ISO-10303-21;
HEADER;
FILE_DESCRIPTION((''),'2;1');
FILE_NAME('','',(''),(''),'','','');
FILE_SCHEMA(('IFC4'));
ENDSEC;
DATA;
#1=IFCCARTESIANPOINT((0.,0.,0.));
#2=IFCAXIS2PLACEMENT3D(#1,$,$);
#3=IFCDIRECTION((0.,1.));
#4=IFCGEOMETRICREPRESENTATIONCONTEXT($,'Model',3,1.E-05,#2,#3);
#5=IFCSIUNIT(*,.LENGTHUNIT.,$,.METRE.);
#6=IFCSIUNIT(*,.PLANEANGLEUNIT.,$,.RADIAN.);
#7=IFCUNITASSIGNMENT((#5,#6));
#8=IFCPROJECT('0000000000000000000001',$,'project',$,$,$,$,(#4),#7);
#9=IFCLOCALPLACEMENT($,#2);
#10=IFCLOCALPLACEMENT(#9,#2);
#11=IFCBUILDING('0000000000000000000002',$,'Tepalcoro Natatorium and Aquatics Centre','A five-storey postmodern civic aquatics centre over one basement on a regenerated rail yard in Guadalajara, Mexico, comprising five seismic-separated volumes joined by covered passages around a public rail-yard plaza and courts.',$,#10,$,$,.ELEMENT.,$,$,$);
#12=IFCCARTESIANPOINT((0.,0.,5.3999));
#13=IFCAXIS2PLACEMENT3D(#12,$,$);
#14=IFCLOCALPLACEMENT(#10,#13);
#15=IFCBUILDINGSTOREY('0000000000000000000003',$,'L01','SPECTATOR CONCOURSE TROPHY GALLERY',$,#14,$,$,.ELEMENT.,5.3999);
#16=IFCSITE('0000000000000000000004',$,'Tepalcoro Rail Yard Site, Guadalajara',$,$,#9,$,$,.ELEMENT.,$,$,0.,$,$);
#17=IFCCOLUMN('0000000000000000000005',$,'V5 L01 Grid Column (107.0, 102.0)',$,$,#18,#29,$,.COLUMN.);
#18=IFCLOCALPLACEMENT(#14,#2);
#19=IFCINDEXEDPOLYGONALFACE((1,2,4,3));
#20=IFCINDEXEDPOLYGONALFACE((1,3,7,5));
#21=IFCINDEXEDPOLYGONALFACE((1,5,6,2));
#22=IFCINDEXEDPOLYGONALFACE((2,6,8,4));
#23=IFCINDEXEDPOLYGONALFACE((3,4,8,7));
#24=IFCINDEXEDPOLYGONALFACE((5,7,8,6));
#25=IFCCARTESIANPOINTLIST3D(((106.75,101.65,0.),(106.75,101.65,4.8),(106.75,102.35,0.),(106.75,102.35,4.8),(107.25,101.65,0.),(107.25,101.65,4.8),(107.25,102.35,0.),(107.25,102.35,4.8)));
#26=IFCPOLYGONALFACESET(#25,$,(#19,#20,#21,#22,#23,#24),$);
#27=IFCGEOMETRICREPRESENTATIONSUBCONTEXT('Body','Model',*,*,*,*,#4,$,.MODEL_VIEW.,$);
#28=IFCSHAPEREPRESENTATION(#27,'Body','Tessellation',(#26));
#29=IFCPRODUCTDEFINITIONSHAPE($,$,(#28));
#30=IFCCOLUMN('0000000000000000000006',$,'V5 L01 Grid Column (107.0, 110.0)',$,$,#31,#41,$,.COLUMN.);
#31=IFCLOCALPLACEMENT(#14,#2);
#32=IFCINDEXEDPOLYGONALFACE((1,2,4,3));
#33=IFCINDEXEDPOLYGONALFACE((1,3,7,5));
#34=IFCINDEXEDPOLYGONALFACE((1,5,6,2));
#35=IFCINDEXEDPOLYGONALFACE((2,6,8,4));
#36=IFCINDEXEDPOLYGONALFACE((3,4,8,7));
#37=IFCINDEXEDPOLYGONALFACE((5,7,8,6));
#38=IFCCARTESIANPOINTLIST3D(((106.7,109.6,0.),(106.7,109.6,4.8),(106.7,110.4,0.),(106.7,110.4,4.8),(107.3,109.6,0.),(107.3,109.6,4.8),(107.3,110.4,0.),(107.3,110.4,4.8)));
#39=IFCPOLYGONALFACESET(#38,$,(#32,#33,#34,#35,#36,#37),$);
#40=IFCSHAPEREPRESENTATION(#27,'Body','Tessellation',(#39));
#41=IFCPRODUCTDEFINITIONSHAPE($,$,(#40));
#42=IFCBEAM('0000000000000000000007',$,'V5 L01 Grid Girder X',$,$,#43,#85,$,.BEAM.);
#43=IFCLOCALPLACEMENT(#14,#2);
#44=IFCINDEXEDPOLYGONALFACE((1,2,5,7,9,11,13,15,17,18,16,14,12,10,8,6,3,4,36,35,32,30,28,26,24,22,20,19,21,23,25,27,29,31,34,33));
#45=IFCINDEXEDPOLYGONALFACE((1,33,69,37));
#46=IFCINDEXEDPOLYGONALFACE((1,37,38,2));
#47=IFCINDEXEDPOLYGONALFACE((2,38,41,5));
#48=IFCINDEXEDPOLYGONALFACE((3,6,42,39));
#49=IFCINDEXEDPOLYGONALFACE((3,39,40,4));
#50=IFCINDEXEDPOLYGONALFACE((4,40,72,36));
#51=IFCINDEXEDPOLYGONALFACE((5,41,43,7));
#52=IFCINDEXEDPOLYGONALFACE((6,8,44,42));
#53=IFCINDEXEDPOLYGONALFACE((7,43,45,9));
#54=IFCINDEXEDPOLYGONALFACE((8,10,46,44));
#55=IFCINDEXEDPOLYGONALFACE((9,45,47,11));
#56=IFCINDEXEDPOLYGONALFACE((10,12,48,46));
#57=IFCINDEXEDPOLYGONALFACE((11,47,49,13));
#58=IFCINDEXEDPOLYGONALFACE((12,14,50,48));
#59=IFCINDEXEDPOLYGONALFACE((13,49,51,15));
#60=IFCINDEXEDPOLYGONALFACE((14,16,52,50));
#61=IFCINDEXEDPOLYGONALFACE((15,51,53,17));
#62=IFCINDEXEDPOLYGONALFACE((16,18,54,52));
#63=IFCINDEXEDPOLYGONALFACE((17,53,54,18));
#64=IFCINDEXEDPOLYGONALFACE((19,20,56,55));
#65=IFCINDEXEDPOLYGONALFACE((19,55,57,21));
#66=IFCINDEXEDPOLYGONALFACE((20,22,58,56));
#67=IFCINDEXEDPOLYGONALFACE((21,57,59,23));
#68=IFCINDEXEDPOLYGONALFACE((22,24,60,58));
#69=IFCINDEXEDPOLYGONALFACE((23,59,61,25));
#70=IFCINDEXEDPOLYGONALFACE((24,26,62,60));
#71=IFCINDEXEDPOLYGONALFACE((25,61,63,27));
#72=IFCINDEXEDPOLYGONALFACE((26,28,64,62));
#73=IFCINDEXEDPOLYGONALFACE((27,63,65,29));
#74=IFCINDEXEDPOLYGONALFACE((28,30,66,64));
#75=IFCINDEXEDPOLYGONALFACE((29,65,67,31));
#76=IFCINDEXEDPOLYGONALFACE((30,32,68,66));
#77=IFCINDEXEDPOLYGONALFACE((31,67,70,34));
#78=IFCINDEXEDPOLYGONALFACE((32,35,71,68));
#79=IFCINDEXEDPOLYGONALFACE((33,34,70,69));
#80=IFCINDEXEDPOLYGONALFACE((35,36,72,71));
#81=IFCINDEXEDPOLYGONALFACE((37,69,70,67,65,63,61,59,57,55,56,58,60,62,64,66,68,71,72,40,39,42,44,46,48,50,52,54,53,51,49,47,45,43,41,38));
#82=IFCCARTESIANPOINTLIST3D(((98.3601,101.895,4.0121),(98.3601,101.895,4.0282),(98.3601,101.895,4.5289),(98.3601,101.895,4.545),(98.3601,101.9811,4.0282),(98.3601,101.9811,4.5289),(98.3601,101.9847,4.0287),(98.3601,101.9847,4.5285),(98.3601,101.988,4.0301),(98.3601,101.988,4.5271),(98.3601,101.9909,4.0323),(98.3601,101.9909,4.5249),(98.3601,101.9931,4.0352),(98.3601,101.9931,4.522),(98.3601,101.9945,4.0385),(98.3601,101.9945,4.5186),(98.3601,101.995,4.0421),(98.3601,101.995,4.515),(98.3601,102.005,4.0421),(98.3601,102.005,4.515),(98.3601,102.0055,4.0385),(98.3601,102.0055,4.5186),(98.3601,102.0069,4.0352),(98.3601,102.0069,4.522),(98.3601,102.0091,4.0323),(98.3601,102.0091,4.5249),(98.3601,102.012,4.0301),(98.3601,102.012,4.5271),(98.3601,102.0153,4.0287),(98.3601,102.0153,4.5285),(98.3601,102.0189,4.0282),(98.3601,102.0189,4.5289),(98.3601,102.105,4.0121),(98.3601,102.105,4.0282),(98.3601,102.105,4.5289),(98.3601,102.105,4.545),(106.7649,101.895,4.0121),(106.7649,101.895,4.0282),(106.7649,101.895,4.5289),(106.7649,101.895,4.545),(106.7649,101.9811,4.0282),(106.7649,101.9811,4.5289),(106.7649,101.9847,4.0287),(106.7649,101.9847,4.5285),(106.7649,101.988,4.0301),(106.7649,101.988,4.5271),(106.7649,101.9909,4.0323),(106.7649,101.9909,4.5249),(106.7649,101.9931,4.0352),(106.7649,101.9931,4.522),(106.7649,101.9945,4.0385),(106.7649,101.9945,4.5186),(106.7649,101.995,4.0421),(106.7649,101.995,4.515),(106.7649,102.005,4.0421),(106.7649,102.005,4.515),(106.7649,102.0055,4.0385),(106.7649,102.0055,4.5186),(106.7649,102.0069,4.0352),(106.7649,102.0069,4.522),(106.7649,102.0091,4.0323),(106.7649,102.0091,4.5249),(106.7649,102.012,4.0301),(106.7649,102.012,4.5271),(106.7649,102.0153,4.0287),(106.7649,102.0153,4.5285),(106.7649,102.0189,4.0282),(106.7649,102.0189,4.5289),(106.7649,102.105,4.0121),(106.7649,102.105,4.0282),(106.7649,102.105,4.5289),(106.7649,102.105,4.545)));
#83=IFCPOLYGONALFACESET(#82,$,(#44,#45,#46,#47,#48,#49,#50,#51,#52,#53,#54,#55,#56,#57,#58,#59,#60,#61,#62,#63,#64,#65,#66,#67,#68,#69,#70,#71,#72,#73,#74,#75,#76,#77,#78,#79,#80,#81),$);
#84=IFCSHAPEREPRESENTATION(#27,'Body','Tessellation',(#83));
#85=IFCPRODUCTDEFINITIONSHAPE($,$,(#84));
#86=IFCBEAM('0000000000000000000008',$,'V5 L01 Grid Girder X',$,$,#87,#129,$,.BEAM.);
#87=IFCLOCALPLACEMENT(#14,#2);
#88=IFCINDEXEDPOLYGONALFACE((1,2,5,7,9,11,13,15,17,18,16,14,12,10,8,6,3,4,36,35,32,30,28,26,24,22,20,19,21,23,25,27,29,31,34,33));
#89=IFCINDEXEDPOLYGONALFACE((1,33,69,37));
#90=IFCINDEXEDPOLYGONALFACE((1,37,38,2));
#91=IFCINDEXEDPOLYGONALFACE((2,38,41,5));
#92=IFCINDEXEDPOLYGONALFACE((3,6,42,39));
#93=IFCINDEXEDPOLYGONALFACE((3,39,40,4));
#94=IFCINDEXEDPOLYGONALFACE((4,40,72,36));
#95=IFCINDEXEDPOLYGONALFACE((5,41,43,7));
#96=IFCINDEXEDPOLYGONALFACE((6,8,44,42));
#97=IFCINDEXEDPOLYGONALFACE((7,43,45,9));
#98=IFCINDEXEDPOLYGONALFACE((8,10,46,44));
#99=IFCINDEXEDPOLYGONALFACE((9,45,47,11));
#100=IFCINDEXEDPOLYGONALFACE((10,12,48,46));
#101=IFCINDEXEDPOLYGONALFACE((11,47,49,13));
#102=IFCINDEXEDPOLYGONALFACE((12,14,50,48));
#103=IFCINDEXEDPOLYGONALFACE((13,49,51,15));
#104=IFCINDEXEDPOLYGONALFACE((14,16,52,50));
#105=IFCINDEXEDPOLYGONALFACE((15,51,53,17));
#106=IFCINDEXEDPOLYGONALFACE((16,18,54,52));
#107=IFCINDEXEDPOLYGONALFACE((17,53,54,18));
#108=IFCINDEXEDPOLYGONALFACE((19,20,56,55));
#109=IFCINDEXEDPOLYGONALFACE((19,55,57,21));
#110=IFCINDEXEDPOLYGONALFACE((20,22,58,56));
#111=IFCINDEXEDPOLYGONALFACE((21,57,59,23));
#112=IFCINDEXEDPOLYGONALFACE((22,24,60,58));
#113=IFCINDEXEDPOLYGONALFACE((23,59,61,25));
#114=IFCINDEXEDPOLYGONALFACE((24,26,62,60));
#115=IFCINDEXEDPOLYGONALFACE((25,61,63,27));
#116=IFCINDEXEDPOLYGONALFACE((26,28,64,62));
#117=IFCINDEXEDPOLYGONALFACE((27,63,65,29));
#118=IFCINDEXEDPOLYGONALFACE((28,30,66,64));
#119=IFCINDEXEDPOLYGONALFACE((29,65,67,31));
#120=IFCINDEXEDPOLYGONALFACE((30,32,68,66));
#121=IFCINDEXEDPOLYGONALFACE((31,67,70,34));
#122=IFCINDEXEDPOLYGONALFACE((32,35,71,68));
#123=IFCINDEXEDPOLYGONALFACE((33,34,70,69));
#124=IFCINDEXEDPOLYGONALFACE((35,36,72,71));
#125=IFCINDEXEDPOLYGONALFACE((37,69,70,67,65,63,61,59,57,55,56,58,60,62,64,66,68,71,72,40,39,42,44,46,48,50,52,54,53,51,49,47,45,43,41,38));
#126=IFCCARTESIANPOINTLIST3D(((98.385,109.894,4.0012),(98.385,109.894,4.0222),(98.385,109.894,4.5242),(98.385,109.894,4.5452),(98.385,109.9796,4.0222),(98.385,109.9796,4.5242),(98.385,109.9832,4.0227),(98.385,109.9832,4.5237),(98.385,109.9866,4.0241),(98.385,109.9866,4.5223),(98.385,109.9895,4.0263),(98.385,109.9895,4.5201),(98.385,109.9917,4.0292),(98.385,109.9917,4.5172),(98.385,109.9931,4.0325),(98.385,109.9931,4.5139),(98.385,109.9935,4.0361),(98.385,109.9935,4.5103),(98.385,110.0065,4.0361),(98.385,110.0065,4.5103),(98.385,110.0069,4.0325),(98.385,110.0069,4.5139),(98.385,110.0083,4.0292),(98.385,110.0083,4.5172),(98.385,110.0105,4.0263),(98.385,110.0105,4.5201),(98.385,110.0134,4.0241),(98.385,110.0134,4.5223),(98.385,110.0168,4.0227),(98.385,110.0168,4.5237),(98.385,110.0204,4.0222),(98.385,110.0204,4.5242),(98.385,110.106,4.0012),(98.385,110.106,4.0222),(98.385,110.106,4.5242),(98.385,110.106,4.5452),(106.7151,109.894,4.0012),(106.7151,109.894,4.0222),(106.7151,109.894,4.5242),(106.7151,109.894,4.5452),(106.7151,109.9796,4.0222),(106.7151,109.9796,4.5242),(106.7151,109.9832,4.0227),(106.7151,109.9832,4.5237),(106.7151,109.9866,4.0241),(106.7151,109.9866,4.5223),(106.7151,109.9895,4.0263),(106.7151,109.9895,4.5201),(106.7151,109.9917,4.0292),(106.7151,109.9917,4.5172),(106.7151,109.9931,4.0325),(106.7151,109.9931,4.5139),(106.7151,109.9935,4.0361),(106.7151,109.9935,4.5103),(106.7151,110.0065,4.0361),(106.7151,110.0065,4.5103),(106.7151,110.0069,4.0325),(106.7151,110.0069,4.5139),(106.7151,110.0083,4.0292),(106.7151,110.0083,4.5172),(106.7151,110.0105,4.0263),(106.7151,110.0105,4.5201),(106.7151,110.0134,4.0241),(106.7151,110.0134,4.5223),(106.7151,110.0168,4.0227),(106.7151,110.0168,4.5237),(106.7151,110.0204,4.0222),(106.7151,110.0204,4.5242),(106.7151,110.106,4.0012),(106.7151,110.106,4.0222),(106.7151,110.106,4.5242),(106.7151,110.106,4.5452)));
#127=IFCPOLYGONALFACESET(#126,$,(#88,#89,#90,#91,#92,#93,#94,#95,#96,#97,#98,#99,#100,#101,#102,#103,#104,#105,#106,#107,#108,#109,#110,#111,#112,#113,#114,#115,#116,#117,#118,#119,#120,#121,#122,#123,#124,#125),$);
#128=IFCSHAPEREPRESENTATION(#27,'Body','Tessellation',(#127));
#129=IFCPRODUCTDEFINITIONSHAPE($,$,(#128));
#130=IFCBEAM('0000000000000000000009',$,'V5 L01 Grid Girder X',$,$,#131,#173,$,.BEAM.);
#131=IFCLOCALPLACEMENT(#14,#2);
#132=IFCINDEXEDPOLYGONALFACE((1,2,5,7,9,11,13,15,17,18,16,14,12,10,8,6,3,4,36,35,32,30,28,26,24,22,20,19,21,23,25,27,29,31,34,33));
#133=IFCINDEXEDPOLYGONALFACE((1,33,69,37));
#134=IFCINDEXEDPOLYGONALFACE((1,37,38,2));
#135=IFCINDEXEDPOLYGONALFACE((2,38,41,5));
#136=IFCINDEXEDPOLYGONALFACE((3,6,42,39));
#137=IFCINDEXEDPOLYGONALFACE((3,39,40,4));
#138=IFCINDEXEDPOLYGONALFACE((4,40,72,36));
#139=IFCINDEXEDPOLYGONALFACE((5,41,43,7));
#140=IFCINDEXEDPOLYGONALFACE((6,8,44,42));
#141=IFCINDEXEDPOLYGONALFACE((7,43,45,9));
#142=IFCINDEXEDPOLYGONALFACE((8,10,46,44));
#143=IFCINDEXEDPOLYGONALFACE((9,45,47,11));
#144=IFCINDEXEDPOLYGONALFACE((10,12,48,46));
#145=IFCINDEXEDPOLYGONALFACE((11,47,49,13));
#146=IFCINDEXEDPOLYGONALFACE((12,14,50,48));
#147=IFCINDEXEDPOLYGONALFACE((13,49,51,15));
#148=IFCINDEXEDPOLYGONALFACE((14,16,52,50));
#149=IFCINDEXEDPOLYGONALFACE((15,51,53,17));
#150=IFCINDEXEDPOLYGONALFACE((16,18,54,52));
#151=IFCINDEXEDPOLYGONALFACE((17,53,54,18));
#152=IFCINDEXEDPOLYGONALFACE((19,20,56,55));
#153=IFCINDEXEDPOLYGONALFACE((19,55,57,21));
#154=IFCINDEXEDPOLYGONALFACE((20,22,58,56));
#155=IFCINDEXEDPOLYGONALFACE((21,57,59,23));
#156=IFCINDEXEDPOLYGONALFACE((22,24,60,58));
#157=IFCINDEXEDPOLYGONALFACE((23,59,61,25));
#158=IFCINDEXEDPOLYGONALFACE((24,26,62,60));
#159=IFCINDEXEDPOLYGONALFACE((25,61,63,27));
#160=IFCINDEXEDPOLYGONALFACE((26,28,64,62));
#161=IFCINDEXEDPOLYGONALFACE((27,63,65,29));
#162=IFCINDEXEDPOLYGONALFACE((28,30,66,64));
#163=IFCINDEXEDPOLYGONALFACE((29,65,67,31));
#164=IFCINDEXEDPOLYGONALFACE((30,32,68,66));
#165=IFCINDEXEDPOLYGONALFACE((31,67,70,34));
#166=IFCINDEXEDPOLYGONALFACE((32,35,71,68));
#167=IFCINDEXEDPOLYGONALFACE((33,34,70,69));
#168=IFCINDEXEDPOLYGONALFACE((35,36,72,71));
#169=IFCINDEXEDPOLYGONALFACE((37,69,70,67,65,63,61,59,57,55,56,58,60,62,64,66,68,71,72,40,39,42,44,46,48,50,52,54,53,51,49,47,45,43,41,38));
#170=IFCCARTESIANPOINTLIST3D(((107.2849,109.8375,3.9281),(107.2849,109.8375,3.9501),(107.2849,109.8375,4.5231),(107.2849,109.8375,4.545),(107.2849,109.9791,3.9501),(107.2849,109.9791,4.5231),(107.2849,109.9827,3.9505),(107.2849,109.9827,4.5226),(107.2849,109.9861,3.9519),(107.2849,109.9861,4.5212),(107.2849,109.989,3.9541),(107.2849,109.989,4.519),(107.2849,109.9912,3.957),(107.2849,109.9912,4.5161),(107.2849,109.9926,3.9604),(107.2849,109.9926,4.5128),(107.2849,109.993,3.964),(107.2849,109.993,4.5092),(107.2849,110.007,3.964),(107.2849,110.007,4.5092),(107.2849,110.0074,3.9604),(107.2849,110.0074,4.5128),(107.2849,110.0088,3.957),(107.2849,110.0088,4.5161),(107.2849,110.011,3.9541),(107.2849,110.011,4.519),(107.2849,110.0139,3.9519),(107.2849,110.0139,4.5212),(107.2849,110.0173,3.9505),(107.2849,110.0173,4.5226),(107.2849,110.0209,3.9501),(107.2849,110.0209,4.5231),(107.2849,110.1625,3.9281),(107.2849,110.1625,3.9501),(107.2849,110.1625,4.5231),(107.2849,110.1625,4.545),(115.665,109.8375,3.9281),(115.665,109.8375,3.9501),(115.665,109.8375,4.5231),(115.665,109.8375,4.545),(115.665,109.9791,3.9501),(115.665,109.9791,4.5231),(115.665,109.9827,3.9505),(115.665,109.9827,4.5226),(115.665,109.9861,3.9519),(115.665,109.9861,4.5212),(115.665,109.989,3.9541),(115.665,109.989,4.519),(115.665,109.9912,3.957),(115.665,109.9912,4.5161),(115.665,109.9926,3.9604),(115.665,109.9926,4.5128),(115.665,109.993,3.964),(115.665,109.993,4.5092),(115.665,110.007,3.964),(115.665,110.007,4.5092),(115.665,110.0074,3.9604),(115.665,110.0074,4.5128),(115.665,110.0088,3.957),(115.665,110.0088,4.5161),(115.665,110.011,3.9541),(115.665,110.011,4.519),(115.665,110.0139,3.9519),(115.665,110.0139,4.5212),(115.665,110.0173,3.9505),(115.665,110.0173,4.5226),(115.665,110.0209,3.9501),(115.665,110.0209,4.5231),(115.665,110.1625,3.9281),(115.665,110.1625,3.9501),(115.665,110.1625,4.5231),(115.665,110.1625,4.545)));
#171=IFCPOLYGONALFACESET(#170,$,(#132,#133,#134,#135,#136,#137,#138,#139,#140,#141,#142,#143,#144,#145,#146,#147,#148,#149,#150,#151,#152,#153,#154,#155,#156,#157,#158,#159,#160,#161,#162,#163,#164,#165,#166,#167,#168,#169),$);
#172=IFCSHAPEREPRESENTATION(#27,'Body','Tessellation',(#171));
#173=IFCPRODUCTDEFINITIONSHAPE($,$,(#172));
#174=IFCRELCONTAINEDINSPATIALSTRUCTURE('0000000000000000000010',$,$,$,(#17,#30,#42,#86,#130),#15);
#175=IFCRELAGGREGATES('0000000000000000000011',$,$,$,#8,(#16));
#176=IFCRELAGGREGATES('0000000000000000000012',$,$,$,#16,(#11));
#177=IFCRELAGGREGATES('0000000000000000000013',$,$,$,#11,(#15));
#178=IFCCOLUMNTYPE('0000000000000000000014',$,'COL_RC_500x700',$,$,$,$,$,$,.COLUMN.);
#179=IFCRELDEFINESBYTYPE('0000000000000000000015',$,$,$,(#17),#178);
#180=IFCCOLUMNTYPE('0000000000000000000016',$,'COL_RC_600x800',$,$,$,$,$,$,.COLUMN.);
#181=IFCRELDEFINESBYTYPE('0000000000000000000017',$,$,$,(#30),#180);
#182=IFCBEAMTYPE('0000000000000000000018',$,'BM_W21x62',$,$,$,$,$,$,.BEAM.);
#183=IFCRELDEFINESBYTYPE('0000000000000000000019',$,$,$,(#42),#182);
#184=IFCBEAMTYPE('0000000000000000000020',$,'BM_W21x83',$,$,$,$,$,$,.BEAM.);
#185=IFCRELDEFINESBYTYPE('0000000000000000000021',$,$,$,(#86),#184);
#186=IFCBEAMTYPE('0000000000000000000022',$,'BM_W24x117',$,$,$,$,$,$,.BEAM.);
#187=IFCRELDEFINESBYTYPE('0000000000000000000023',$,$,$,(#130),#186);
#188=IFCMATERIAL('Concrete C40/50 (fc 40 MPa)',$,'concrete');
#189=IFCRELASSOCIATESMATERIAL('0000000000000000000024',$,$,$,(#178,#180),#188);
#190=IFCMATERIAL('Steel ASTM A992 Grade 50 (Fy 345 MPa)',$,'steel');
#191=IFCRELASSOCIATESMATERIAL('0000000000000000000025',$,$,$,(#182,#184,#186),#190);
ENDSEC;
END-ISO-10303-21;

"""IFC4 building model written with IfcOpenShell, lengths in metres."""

from ifc_helpers import new_model, si_unit, direction, frame, origin, origin_2d, place, context, subcontext, project, spatial, rectangle, i_section, extrude, material, material_profile, profile_set, type_object, element, save


model = new_model("IFC4")

# Units and contexts
model_context = context("Model", 3, precision=1e-05, world=origin(), true_north=direction((0.0, 1.0)))
body_context = subcontext(model_context, "Body", "Model", "MODEL_VIEW")
ifc_project = project(units=[si_unit("LENGTHUNIT", "METRE"), si_unit("PLANEANGLEUNIT", "RADIAN")], contexts=[model_context])

# Site, building, storey
site_placement = place(None, origin())
site = spatial("IfcSite", under=ifc_project, at=site_placement, Name="Tepalcoro Rail Yard Site, Guadalajara", CompositionType="ELEMENT", RefElevation=0.0)
building_placement = place(site_placement, origin())
building = spatial("IfcBuilding", under=site, at=building_placement, Name="Tepalcoro Natatorium and Aquatics Centre", Description="A five-storey postmodern civic aquatics centre over one basement on a regenerated rail yard in Guadalajara, Mexico, comprising five seismic-separated volumes joined by covered passages around a public rail-yard plaza and courts.", CompositionType="ELEMENT")
storey_placement = place(building_placement, frame((0.0, 0.0, 5.3999)))
storey = spatial("IfcBuildingStorey", under=building, at=storey_placement, Name="L01", Description="SPECTATOR CONCOURSE TROPHY GALLERY", CompositionType="ELEMENT", Elevation=5.3999)

# Columns
ifc_material_1 = material(Name="Concrete C40/50 (fc 40 MPa)", Category="concrete")
ifc_material_profile_1 = material_profile(ifc_material_1, rectangle(XDim=0.5, YDim=0.7, at=origin_2d()), Name="RC500x700")
ifc_profile_set_1 = profile_set([ifc_material_profile_1], Name="Concrete C40/50 (fc 40 MPa)")
column_type_1 = type_object("IfcColumnType", Name="COL_RC_500x700", PredefinedType="COLUMN", material=ifc_profile_set_1)
column_1_placement = place(storey_placement, frame((107.0, 102.0, 0.0), z_axis=(0.0, 0.0, 1.0), x_axis=(1.0, 0.0, 0.0)))
element("IfcColumn", 1, at=column_1_placement, inside=storey, type_object=column_type_1, Name="V5 L01 Grid Column (107.0, 102.0)", PredefinedType="COLUMN", context=body_context, shape_type="SweptSolid", body=[
    extrude(rectangle(XDim=0.5, YDim=0.7, at=origin_2d()), origin(), (0.0, 0.0, 1.0), 4.8),
])
ifc_material_profile_2 = material_profile(ifc_material_1, rectangle(XDim=0.6001, YDim=0.8, at=origin_2d()), Name="RC600x800")
ifc_profile_set_2 = profile_set([ifc_material_profile_2], Name="Concrete C40/50 (fc 40 MPa)")
column_type_2 = type_object("IfcColumnType", Name="COL_RC_600x800", PredefinedType="COLUMN", material=ifc_profile_set_2)
column_2_placement = place(storey_placement, frame((107.0, 110.0, 0.0), z_axis=(0.0, 0.0, 1.0), x_axis=(1.0, 0.0, 0.0)))
element("IfcColumn", 2, at=column_2_placement, inside=storey, type_object=column_type_2, Name="V5 L01 Grid Column (107.0, 110.0)", PredefinedType="COLUMN", context=body_context, shape_type="SweptSolid", body=[
    extrude(rectangle(XDim=0.6001, YDim=0.8, at=origin_2d()), origin(), (0.0, 0.0, 1.0), 4.8),
])

# Beams
ifc_material_2 = material(Name="Steel ASTM A992 Grade 50 (Fy 345 MPa)", Category="steel")
ifc_material_profile_3 = material_profile(ifc_material_2, i_section(OverallWidth=0.21, OverallDepth=0.533, WebThickness=0.01, FlangeThickness=0.0161, FilletRadius=0.0139, at=origin_2d()), Name="W21X62")
ifc_profile_set_3 = profile_set([ifc_material_profile_3], Name="Steel ASTM A992 Grade 50 (Fy 345 MPa)")
beam_type_1 = type_object("IfcBeamType", Name="BM_W21x62", PredefinedType="BEAM", material=ifc_profile_set_3)
beam_1_placement = place(storey_placement, frame((98.3601, 102.0, 4.2786), z_axis=(1.0, 0.0, 0.0), x_axis=(0.0, 1.0, 0.0)))
element("IfcBeam", 3, at=beam_1_placement, inside=storey, type_object=beam_type_1, Name="V5 L01 Grid Girder X", PredefinedType="BEAM", context=body_context, shape_type="SweptSolid", body=[
    extrude(i_section(OverallWidth=0.21, OverallDepth=0.533, WebThickness=0.01, FlangeThickness=0.0161, FilletRadius=0.0139, at=origin_2d()), origin(), (0.0, 0.0, 1.0), 8.4048),
])
ifc_material_profile_4 = material_profile(ifc_material_2, i_section(OverallWidth=0.2119, OverallDepth=0.5439, WebThickness=0.0129, FlangeThickness=0.021, FilletRadius=0.0139, at=origin_2d()), Name="W21X83")
ifc_profile_set_4 = profile_set([ifc_material_profile_4], Name="Steel ASTM A992 Grade 50 (Fy 345 MPa)")
beam_type_2 = type_object("IfcBeamType", Name="BM_W21x83", PredefinedType="BEAM", material=ifc_profile_set_4)
beam_2_placement = place(storey_placement, frame((98.385, 110.0, 4.2732), z_axis=(1.0, 0.0, 0.0), x_axis=(0.0, 1.0, 0.0)))
element("IfcBeam", 4, at=beam_2_placement, inside=storey, type_object=beam_type_2, Name="V5 L01 Grid Girder X", PredefinedType="BEAM", context=body_context, shape_type="SweptSolid", body=[
    extrude(i_section(OverallWidth=0.2119, OverallDepth=0.5439, WebThickness=0.0129, FlangeThickness=0.021, FilletRadius=0.0139, at=origin_2d()), origin(), (0.0, 0.0, 1.0), 8.3301),
])
ifc_material_profile_5 = material_profile(ifc_material_2, i_section(OverallWidth=0.325, OverallDepth=0.6169, WebThickness=0.0139, FlangeThickness=0.022, FilletRadius=0.0139, at=origin_2d()), Name="W24X117")
ifc_profile_set_5 = profile_set([ifc_material_profile_5], Name="Steel ASTM A992 Grade 50 (Fy 345 MPa)")
beam_type_3 = type_object("IfcBeamType", Name="BM_W24x117", PredefinedType="BEAM", material=ifc_profile_set_5)
beam_3_placement = place(storey_placement, frame((107.2849, 110.0, 4.2366), z_axis=(1.0, 0.0, 0.0), x_axis=(0.0, 1.0, 0.0)))
element("IfcBeam", 5, at=beam_3_placement, inside=storey, type_object=beam_type_3, Name="V5 L01 Grid Girder X", PredefinedType="BEAM", context=body_context, shape_type="SweptSolid", body=[
    extrude(i_section(OverallWidth=0.325, OverallDepth=0.6169, WebThickness=0.0139, FlangeThickness=0.022, FilletRadius=0.0139, at=origin_2d()), origin(), (0.0, 0.0, 1.0), 8.3801),
])

save(model, "model.ifc")
